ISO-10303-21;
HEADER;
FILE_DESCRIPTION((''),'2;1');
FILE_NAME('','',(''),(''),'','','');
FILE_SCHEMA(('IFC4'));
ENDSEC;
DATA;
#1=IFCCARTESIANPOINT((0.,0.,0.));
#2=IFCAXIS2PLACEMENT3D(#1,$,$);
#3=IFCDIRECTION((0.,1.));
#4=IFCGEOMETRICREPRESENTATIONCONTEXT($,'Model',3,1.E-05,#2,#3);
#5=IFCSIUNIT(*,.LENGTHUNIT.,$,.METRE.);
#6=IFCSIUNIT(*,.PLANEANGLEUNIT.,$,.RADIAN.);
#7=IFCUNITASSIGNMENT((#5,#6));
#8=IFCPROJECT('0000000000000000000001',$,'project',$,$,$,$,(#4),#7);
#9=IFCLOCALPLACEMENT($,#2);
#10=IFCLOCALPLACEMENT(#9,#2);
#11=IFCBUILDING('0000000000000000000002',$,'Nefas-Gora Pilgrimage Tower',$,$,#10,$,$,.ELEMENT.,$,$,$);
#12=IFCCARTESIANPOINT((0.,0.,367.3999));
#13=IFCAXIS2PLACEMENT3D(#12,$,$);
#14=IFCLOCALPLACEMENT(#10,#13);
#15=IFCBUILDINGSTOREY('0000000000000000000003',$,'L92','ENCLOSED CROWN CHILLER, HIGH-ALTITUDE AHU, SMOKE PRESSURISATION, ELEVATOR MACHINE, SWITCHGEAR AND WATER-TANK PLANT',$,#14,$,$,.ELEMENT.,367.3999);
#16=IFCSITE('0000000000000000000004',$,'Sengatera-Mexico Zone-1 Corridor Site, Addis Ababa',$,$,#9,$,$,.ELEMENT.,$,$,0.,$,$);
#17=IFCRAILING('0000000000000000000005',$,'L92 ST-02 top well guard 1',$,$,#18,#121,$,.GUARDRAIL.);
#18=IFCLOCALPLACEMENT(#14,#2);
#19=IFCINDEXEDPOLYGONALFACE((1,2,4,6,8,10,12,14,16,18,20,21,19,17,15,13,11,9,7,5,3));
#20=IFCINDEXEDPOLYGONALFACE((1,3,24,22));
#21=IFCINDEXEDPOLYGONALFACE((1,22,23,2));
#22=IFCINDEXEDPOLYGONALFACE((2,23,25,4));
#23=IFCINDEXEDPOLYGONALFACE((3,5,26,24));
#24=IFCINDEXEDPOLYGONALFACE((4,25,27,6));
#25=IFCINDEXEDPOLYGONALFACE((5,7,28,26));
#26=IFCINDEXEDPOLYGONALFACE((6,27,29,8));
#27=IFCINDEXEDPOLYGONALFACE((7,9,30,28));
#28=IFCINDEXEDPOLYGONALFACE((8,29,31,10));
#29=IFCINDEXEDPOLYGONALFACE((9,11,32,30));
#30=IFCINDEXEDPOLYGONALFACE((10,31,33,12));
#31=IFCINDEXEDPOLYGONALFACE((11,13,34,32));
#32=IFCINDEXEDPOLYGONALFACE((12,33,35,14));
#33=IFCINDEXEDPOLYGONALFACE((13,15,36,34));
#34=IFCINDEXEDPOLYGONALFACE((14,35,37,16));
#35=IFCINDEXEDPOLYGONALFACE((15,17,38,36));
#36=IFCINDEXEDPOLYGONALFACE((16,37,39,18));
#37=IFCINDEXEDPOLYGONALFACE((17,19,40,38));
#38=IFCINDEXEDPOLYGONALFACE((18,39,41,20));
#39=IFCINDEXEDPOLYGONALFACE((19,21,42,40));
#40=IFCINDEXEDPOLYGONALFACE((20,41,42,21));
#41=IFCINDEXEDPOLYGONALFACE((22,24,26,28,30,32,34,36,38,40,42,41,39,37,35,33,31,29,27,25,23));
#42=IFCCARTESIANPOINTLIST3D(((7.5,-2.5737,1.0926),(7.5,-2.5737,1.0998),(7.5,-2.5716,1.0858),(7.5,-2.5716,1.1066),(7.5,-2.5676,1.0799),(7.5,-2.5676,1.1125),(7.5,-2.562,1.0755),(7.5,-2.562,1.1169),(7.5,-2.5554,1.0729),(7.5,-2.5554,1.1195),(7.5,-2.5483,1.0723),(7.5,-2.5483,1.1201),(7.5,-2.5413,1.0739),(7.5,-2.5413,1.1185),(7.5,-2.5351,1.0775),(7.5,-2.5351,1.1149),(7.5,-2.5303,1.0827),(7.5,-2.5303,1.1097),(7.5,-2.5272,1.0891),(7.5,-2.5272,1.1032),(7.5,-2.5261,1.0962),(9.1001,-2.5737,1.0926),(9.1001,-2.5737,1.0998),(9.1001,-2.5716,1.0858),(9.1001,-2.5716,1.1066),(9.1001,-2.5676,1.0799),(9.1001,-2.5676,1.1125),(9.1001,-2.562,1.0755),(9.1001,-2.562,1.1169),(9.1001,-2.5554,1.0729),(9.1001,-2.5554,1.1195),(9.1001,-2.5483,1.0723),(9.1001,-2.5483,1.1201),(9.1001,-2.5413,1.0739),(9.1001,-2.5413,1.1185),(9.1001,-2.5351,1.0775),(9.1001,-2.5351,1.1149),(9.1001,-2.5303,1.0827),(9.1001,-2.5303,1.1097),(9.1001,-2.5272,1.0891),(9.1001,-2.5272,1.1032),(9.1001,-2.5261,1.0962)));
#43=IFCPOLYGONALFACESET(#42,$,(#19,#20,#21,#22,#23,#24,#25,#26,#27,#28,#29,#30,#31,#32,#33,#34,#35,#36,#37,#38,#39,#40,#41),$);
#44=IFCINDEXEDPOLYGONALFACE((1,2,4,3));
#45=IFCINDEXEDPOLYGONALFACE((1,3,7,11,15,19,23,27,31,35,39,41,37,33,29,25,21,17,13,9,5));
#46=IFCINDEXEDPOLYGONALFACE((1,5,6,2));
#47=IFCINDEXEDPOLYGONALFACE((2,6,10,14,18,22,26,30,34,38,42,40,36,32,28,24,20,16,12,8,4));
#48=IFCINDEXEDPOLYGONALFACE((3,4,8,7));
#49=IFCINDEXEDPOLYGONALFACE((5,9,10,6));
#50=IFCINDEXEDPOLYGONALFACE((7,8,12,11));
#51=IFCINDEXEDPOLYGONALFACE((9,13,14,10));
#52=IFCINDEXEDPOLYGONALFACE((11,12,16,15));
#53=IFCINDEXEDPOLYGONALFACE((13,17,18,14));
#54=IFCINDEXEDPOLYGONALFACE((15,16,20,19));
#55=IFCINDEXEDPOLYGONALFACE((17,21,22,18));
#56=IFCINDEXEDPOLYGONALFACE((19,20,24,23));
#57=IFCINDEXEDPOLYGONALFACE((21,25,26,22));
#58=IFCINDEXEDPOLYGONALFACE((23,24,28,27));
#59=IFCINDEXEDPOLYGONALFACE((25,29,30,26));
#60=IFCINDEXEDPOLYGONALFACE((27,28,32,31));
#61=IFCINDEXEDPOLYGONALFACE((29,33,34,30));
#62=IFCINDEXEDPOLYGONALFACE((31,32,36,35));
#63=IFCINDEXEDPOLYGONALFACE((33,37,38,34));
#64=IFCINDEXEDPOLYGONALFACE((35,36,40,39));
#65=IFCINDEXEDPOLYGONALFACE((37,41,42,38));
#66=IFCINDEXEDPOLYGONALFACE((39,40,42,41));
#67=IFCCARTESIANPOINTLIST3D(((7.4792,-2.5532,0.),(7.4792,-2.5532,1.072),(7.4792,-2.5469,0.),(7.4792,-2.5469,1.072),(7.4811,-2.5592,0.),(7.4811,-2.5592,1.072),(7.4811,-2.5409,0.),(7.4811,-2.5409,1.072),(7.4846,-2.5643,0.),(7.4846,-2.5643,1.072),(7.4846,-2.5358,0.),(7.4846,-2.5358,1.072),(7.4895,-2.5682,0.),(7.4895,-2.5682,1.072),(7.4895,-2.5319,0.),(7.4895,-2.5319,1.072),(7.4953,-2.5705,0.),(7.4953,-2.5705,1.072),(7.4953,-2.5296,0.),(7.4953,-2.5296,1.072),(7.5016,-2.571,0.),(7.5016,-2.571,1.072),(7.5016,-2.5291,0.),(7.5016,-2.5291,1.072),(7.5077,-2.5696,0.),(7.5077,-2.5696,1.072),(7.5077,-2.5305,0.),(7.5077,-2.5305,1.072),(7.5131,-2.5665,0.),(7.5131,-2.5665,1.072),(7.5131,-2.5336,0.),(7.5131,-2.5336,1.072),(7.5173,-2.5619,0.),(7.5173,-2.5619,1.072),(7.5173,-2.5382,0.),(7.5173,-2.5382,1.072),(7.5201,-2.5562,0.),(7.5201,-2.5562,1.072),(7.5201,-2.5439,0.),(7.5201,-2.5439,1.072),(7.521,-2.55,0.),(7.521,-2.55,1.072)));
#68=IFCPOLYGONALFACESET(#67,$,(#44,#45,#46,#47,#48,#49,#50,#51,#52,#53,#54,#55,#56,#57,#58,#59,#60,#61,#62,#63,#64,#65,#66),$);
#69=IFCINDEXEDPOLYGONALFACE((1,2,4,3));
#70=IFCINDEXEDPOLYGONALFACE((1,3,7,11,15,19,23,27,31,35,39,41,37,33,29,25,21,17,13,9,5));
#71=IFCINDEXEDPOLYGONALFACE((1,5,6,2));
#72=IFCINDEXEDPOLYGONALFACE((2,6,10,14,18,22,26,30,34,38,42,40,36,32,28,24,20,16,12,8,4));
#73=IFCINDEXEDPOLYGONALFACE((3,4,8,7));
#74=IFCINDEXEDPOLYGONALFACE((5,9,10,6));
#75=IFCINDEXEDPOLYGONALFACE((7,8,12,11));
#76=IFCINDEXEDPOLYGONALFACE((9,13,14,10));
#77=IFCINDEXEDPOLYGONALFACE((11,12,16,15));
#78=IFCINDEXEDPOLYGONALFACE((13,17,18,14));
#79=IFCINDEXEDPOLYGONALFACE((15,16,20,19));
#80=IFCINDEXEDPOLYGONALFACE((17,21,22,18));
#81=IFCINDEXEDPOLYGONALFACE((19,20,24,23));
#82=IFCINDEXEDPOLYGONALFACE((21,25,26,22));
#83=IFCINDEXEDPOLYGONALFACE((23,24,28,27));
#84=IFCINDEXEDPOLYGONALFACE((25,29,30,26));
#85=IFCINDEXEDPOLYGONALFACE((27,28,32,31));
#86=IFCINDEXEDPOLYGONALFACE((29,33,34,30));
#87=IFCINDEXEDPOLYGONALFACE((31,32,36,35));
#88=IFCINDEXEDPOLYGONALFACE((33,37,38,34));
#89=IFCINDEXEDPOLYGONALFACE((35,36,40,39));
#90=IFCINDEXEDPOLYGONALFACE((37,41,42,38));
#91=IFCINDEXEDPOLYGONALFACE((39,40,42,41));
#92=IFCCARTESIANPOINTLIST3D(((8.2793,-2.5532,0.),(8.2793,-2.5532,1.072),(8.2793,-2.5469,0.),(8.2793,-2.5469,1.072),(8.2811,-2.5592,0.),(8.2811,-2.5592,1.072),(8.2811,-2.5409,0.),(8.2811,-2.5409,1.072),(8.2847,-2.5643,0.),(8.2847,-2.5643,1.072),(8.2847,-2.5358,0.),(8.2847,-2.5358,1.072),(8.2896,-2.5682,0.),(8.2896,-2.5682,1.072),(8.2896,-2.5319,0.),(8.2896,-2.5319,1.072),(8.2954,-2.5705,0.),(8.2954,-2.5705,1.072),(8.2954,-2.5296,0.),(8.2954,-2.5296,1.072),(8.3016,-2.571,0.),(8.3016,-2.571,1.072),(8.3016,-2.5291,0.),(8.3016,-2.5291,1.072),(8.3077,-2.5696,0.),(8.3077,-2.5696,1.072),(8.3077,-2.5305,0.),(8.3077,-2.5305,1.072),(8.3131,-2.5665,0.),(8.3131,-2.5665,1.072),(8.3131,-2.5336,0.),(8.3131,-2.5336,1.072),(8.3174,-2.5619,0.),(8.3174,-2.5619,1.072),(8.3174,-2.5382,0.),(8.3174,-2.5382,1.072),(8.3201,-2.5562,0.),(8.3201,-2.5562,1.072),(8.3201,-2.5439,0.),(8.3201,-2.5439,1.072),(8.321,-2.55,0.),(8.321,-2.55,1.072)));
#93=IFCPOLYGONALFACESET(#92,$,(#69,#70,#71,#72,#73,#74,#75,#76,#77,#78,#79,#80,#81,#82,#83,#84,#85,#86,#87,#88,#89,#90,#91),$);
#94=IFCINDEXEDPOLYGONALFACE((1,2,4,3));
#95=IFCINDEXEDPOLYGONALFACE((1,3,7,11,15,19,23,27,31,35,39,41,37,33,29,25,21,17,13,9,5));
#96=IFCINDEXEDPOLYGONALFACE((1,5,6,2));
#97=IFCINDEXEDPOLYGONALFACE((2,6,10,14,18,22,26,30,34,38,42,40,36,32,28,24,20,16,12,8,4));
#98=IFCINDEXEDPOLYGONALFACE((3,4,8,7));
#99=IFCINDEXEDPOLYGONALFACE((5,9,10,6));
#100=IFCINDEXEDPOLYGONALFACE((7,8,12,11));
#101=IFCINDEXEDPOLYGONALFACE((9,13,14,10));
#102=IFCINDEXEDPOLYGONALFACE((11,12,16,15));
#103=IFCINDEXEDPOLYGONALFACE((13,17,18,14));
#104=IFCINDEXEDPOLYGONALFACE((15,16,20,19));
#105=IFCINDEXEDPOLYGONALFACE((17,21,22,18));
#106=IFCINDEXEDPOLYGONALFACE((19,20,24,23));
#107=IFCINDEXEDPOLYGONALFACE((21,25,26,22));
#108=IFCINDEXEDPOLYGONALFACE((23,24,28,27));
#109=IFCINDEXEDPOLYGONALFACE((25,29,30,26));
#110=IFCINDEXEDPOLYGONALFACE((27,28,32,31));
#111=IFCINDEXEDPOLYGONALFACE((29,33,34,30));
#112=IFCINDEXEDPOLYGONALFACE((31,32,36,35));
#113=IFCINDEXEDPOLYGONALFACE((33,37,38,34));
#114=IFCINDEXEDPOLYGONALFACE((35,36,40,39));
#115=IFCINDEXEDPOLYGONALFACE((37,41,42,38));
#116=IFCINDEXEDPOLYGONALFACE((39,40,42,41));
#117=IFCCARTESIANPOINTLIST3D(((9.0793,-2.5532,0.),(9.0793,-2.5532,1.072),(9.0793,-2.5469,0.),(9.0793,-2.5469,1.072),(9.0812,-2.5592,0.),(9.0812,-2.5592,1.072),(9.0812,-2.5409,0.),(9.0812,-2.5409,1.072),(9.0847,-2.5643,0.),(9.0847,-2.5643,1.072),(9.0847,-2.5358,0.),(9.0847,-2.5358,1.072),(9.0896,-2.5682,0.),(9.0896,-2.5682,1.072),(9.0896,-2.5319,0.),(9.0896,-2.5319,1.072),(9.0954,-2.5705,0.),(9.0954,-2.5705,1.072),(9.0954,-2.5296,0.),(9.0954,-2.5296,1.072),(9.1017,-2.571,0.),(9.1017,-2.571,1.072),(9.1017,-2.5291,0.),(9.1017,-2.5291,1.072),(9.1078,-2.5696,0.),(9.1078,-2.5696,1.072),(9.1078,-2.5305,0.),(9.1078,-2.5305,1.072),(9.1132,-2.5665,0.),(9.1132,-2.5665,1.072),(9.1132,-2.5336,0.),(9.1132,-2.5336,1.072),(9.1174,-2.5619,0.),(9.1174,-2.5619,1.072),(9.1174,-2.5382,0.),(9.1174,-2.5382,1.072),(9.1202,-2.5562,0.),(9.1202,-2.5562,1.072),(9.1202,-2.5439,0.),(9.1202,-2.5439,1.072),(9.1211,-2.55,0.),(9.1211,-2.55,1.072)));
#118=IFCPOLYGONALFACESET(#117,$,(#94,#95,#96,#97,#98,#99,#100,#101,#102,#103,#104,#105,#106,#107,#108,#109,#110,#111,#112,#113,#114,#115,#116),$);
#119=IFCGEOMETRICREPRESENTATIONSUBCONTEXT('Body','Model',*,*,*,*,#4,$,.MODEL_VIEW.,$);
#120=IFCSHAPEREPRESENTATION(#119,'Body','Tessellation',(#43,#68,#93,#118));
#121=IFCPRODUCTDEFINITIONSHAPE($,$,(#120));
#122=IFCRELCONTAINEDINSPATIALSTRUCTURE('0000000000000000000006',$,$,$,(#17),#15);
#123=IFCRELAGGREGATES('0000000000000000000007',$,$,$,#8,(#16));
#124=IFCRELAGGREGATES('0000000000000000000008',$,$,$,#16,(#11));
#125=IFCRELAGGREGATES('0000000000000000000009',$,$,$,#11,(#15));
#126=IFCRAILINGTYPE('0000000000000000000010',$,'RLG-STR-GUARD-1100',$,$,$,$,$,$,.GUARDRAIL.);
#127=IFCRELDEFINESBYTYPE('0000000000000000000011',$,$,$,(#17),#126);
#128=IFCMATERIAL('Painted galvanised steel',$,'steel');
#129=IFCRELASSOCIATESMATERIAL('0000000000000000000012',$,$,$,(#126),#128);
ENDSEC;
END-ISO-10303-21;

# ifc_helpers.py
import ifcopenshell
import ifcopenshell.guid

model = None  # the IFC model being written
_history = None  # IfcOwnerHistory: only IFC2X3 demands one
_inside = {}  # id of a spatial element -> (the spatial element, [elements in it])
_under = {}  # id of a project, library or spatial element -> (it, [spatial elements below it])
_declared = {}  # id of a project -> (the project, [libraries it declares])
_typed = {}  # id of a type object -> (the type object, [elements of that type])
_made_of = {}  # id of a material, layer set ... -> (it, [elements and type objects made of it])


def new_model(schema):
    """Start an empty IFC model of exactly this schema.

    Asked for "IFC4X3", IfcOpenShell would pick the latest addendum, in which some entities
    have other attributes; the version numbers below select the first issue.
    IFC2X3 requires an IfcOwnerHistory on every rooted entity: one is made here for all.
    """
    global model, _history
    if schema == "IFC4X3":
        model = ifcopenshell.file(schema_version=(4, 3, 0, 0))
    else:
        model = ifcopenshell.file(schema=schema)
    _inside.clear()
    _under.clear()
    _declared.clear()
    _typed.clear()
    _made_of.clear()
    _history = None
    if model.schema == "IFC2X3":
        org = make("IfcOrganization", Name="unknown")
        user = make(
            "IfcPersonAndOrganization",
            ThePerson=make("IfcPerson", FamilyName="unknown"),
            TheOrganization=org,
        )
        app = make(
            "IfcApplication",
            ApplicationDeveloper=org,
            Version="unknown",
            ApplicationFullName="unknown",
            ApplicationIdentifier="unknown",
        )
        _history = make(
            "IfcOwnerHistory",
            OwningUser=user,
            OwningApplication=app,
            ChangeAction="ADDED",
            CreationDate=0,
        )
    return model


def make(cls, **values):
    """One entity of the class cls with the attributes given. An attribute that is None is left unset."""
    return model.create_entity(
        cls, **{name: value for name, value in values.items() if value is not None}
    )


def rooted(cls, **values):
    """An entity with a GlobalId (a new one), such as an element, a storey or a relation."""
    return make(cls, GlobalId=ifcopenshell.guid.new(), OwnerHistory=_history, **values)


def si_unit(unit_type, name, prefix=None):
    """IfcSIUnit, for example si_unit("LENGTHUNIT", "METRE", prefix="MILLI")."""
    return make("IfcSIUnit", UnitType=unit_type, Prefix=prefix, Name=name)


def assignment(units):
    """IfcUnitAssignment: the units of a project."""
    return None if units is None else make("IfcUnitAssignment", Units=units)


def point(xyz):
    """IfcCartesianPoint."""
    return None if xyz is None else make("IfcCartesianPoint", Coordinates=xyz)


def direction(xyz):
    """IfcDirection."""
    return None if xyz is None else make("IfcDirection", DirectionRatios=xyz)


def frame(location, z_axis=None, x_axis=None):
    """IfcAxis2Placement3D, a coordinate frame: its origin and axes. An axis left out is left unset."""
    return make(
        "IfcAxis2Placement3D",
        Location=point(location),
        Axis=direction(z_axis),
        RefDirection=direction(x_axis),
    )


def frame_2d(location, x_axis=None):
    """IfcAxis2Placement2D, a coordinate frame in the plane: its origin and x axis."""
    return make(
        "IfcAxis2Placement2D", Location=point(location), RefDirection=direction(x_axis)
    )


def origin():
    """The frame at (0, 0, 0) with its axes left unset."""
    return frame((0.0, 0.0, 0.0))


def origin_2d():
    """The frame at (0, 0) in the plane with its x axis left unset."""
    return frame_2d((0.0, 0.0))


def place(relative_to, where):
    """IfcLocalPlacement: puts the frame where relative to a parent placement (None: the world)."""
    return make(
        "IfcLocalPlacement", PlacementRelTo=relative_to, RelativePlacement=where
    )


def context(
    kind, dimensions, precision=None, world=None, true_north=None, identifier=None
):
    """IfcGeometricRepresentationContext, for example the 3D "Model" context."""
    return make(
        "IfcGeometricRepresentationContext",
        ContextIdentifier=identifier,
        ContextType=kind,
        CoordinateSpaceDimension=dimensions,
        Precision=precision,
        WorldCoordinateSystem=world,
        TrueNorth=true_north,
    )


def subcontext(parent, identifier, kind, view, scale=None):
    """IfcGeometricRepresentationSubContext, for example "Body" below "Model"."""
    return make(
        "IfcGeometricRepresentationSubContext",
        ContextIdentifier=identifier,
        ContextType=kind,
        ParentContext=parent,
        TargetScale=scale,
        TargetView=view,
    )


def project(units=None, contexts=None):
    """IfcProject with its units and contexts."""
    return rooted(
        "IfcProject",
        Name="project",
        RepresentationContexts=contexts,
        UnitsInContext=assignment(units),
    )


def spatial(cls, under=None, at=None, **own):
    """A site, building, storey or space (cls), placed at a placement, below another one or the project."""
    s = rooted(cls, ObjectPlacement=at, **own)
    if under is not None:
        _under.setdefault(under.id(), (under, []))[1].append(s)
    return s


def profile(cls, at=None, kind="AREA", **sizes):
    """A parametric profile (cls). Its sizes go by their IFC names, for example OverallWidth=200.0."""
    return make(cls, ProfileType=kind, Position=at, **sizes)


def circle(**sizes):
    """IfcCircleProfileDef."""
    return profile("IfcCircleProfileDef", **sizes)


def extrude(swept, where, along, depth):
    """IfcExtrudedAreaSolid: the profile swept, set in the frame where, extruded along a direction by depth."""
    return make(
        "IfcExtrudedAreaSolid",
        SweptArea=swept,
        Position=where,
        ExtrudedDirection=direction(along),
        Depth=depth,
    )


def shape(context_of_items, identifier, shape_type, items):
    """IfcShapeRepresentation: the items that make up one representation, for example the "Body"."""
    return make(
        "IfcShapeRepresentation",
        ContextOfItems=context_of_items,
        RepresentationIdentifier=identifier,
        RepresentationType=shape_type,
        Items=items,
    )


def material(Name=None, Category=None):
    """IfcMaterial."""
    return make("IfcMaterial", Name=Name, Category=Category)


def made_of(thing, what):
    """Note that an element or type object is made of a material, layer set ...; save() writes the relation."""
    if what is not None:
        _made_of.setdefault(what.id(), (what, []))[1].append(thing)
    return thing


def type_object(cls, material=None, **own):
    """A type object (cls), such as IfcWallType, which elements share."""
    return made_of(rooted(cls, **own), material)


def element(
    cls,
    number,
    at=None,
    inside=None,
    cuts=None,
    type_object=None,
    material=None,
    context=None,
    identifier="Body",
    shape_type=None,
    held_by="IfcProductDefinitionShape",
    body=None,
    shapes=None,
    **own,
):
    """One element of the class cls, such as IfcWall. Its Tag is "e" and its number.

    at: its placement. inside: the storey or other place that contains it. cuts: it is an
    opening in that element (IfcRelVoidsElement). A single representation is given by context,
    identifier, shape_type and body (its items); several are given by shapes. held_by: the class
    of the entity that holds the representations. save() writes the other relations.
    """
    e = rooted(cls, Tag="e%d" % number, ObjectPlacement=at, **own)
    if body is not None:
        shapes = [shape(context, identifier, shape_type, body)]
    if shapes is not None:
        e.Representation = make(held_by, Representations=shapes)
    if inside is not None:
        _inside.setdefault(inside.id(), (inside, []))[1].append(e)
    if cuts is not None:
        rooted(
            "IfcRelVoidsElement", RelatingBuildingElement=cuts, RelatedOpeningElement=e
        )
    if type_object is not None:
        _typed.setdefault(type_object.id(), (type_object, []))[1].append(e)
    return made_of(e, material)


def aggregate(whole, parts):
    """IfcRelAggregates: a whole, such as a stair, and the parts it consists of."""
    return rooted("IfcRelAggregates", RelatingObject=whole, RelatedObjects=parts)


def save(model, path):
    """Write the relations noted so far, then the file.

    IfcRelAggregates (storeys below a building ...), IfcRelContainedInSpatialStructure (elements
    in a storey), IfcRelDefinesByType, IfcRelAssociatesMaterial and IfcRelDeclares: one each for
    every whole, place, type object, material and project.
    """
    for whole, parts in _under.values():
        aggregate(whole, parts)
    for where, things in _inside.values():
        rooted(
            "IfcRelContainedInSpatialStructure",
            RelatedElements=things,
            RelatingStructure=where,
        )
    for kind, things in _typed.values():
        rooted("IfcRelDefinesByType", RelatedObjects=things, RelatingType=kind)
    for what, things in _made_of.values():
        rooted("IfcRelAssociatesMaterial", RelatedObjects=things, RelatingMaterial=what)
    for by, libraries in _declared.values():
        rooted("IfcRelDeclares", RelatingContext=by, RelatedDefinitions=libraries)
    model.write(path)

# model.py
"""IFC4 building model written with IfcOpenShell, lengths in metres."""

from ifc_helpers import new_model, si_unit, direction, frame, origin, origin_2d, place, context, subcontext, project, spatial, circle, extrude, material, type_object, element, save


model = new_model("IFC4")

# Units and contexts
model_context = context("Model", 3, precision=1e-05, world=origin(), true_north=direction((0.0, 1.0)))
body_context = subcontext(model_context, "Body", "Model", "MODEL_VIEW")
ifc_project = project(units=[si_unit("LENGTHUNIT", "METRE"), si_unit("PLANEANGLEUNIT", "RADIAN")], contexts=[model_context])

# Site, building, storey
site_placement = place(None, origin())
site = spatial("IfcSite", under=ifc_project, at=site_placement, Name="Sengatera-Mexico Zone-1 Corridor Site, Addis Ababa", CompositionType="ELEMENT", RefElevation=0.0)
building_placement = place(site_placement, origin())
building = spatial("IfcBuilding", under=site, at=building_placement, Name="Nefas-Gora Pilgrimage Tower", CompositionType="ELEMENT")
storey_placement = place(building_placement, frame((0.0, 0.0, 367.3999)))
storey = spatial("IfcBuildingStorey", under=building, at=storey_placement, Name="L92", Description="ENCLOSED CROWN CHILLER, HIGH-ALTITUDE AHU, SMOKE PRESSURISATION, ELEVATOR MACHINE, SWITCHGEAR AND WATER-TANK PLANT", CompositionType="ELEMENT", Elevation=367.3999)

# Railing
ifc_material_1 = material(Name="Painted galvanised steel", Category="steel")
railing_type = type_object("IfcRailingType", Name="RLG-STR-GUARD-1100", PredefinedType="GUARDRAIL", material=ifc_material_1)
railing_placement = place(storey_placement, frame((7.5, -2.55, 0.0)))
element("IfcRailing", 1, at=railing_placement, inside=storey, type_object=railing_type, Name="L92 ST-02 top well guard 1", PredefinedType="GUARDRAIL", context=body_context, shape_type="SweptSolid", body=[
    extrude(circle(Radius=0.0239, at=origin_2d()), frame((0.0, 0.0, 1.0962), z_axis=(1.0, 0.0, 0.0), x_axis=(0.0, 1.0, 0.0)), (0.0, 0.0, 1.0), 1.6001),
    extrude(circle(Radius=0.021, at=origin_2d()), origin(), (0.0, 0.0, 1.0), 1.072),
    extrude(circle(Radius=0.021, at=origin_2d()), frame((0.8, 0.0, 0.0)), (0.0, 0.0, 1.0), 1.072),
    extrude(circle(Radius=0.021, at=origin_2d()), frame((1.6001, 0.0, 0.0)), (0.0, 0.0, 1.0), 1.072),
])

save(model, "model.ifc")
